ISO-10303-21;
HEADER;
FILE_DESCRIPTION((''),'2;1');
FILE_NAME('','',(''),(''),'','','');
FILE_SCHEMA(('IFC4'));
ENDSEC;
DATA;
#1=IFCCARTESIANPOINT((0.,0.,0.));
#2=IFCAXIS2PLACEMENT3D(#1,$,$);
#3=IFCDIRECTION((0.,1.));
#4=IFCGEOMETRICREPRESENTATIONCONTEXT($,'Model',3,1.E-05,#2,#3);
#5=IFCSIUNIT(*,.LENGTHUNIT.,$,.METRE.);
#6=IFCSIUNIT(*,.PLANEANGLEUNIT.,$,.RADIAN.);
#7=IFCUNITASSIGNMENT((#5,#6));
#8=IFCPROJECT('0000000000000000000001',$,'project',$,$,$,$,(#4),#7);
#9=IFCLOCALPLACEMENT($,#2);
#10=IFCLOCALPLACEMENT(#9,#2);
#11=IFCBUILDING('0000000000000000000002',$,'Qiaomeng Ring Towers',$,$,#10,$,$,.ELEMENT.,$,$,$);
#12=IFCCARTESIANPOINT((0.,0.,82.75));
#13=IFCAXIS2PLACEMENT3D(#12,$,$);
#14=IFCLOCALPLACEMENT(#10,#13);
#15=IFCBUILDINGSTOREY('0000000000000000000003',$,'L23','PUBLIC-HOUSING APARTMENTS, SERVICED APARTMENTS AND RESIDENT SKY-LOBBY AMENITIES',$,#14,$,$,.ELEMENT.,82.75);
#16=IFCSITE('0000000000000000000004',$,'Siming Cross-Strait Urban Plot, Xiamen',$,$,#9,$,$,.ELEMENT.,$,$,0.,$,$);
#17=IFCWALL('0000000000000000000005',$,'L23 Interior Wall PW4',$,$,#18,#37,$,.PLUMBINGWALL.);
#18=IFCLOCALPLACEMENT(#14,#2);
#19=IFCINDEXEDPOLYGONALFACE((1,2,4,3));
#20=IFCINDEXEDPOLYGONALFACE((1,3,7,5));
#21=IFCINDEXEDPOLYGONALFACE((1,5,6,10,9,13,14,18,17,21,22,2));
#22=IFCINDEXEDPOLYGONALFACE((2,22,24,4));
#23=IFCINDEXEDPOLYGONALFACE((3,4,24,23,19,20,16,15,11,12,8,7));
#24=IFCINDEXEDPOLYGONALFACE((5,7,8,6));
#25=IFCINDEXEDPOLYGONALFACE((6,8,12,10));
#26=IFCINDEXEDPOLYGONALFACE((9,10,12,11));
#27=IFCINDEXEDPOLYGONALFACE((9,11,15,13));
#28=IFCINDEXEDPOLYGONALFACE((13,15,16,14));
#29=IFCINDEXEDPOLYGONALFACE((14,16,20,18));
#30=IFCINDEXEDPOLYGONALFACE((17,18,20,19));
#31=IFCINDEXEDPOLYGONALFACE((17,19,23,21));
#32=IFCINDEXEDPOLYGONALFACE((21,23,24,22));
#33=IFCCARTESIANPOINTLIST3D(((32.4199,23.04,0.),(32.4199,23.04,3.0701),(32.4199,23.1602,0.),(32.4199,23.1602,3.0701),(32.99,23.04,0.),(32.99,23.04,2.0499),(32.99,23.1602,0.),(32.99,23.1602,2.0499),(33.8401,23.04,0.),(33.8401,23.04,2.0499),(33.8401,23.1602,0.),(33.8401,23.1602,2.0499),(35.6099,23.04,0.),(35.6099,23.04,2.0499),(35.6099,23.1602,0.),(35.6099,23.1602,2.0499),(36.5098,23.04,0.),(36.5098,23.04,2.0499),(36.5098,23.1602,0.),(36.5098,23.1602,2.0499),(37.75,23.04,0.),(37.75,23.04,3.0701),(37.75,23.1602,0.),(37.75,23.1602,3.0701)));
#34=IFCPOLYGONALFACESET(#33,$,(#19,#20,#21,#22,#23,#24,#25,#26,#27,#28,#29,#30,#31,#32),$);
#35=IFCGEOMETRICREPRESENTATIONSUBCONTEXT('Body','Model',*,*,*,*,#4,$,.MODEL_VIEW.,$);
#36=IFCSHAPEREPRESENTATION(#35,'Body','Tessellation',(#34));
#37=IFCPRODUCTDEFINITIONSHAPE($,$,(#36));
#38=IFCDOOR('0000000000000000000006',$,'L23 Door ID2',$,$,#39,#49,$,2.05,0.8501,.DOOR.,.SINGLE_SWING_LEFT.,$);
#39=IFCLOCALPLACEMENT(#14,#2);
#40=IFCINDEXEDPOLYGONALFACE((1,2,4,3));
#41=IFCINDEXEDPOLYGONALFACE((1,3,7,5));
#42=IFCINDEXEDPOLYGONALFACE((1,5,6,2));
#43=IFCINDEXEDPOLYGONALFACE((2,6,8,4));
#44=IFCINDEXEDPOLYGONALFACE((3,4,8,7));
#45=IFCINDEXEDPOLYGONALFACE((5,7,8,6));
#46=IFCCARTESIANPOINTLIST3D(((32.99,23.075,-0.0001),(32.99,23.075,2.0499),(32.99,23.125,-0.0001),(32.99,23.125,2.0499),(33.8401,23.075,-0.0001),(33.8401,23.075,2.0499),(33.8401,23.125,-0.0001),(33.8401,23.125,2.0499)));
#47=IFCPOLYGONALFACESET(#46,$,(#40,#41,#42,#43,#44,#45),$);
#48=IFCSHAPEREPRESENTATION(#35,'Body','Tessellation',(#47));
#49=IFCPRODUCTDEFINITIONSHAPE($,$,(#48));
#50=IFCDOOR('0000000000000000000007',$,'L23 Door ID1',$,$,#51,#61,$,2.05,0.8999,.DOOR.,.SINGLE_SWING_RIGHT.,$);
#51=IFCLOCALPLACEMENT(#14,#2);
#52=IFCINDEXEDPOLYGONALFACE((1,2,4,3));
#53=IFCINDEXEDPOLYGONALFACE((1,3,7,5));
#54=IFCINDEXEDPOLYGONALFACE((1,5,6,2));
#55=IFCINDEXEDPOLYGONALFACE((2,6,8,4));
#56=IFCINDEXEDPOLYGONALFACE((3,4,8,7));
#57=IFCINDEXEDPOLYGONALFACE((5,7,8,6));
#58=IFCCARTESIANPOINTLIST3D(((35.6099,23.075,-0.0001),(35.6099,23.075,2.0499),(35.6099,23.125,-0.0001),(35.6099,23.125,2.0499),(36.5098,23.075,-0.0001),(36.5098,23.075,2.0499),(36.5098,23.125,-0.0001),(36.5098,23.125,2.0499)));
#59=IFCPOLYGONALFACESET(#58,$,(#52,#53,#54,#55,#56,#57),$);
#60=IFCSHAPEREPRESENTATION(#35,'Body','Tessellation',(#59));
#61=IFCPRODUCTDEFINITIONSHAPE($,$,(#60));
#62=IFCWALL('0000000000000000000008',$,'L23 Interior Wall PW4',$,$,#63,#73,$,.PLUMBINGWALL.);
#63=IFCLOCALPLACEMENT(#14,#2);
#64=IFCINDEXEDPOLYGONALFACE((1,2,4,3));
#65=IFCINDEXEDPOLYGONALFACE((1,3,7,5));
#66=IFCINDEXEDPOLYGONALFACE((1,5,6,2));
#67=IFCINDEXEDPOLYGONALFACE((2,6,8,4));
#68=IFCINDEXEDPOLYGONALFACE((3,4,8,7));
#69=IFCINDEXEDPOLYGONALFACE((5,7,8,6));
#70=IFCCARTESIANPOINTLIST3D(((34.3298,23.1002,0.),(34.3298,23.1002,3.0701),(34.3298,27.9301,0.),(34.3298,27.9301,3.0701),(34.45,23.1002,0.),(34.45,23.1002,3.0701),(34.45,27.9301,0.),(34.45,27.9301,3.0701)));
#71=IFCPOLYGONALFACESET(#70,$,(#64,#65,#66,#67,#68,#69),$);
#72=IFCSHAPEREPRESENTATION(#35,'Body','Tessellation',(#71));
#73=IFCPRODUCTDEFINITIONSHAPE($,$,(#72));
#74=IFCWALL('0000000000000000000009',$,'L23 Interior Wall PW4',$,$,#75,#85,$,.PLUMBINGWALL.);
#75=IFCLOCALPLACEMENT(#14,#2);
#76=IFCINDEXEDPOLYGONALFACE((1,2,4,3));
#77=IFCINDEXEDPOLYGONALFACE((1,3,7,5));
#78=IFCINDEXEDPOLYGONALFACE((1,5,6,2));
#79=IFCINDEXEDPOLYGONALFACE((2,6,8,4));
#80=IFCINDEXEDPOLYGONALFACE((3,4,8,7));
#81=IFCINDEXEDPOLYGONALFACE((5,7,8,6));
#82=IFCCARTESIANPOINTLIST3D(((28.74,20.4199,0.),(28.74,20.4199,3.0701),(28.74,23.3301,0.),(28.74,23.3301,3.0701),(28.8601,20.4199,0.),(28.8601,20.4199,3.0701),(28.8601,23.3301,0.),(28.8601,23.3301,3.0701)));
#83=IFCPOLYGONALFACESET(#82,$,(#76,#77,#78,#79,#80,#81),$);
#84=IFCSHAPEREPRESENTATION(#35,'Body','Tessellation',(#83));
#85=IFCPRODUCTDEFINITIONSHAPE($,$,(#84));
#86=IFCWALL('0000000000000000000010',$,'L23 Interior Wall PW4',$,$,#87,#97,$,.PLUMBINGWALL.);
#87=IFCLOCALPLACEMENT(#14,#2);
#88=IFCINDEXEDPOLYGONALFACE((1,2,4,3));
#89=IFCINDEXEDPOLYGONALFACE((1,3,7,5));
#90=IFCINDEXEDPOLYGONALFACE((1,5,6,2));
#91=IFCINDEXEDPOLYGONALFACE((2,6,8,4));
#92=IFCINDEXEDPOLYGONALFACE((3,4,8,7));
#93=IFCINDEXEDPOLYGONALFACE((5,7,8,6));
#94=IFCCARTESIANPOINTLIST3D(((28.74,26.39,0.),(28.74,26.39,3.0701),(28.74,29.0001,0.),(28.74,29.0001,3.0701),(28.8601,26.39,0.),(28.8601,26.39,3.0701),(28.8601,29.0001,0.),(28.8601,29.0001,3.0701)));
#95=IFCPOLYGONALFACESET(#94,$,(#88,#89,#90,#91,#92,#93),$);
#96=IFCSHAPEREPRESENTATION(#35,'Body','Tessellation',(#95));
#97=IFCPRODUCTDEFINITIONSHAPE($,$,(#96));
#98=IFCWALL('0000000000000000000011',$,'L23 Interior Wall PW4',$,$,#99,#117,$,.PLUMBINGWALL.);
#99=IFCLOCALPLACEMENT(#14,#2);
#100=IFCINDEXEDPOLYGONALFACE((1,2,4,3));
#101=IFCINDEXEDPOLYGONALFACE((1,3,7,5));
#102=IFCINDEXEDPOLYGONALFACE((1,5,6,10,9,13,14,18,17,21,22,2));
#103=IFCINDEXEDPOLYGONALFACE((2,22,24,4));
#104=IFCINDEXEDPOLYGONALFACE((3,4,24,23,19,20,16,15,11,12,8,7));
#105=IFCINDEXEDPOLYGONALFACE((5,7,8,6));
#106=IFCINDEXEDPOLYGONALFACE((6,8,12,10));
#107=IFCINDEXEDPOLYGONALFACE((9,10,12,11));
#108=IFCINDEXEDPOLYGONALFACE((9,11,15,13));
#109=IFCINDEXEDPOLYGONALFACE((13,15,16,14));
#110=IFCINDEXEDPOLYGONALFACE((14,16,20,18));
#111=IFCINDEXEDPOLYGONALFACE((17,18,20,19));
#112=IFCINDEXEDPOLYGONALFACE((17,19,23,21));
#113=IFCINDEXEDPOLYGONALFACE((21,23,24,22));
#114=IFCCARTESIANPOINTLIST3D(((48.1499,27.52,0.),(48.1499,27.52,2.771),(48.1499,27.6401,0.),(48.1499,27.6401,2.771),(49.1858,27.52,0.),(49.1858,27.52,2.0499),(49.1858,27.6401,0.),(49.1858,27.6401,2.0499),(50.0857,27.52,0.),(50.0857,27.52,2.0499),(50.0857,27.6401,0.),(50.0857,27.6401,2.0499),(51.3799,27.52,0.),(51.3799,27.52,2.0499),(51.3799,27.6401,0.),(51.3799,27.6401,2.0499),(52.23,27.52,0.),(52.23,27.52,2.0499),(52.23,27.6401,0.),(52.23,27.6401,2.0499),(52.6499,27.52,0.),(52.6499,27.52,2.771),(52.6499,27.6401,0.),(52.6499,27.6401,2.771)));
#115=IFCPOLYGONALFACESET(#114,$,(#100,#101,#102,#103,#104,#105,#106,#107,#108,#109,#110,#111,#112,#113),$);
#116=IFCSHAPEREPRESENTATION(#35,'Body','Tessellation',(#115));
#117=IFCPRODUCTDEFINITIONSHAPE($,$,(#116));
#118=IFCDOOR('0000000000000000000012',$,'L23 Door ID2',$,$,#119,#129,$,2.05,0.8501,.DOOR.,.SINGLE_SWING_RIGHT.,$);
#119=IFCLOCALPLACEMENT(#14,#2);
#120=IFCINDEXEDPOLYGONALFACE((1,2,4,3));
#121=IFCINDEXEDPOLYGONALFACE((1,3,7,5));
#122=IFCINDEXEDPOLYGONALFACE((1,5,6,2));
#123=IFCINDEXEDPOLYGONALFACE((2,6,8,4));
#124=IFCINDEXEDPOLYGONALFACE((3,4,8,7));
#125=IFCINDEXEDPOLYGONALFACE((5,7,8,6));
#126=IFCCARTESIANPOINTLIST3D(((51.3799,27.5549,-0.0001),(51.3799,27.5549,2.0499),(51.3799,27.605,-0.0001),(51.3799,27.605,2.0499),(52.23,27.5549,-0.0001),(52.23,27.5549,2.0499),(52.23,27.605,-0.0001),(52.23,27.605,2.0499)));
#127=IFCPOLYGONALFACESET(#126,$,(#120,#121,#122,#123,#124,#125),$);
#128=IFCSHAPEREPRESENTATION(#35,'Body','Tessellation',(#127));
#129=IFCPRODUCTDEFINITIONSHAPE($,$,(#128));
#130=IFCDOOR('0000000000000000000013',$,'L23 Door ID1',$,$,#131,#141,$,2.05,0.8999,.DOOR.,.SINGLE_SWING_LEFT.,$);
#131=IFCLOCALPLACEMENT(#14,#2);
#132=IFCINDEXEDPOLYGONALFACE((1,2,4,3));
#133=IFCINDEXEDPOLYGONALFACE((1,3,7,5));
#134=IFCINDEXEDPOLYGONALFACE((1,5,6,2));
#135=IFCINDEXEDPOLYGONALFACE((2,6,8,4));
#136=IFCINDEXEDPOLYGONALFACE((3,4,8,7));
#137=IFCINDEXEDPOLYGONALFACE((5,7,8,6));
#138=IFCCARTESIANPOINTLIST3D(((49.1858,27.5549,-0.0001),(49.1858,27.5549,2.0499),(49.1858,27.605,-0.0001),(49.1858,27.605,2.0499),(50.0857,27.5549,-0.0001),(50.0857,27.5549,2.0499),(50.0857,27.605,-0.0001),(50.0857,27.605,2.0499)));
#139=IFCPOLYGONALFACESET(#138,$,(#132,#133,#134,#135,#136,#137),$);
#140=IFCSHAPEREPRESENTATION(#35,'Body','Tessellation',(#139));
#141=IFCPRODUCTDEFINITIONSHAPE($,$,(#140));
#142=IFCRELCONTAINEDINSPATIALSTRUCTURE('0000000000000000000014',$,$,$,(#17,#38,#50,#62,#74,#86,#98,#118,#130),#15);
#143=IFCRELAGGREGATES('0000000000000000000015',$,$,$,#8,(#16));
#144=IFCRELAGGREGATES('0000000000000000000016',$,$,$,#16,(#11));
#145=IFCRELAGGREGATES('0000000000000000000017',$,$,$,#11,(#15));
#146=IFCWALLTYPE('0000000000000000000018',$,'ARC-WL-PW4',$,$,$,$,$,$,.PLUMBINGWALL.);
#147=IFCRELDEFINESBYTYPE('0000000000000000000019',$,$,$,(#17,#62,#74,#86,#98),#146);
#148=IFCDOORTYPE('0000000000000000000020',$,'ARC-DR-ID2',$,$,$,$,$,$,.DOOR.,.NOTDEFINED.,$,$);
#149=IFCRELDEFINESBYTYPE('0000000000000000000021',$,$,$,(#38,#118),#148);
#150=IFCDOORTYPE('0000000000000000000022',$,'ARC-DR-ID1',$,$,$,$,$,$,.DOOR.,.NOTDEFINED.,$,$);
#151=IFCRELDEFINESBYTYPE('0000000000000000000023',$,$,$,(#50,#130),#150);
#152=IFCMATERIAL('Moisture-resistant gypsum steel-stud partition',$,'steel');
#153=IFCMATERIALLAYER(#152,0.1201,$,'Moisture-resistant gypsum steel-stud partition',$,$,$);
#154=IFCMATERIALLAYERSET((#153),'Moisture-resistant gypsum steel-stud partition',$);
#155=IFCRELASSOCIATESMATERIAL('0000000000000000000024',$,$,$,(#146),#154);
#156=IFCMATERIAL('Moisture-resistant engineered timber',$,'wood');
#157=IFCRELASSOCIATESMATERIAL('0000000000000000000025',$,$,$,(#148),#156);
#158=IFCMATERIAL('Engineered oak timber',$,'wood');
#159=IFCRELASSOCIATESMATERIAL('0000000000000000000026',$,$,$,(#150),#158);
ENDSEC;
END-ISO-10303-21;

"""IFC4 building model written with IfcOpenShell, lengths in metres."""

from ifc_helpers import new_model, si_unit, direction, frame, frame_2d, origin, place, context, subcontext, project, spatial, rectangle, extrude, source, transform, mapped, material, layer, layer_set, type_object, element, fill, save


model = new_model("IFC4")

# Units and contexts
model_context = context("Model", 3, precision=1e-05, world=origin(), true_north=direction((0.0, 1.0)))
body_context = subcontext(model_context, "Body", "Model", "MODEL_VIEW")
ifc_project = project(units=[si_unit("LENGTHUNIT", "METRE"), si_unit("PLANEANGLEUNIT", "RADIAN")], contexts=[model_context])

# Site, building, storey
site_placement = place(None, origin())
site = spatial("IfcSite", under=ifc_project, at=site_placement, Name="Siming Cross-Strait Urban Plot, Xiamen", CompositionType="ELEMENT", RefElevation=0.0)
building_placement = place(site_placement, origin())
building = spatial("IfcBuilding", under=site, at=building_placement, Name="Qiaomeng Ring Towers", CompositionType="ELEMENT")
storey_placement = place(building_placement, frame((0.0, 0.0, 82.75)))
storey = spatial("IfcBuildingStorey", under=building, at=storey_placement, Name="L23", Description="PUBLIC-HOUSING APARTMENTS, SERVICED APARTMENTS AND RESIDENT SKY-LOBBY AMENITIES", CompositionType="ELEMENT", Elevation=82.75)

# Wall, openings, doors
ifc_material_1 = material(Name="Moisture-resistant gypsum steel-stud partition", Category="steel")
ifc_layer_1 = layer(ifc_material_1, 0.1201, Name="Moisture-resistant gypsum steel-stud partition")
ifc_layer_set_1 = layer_set([ifc_layer_1], Name="Moisture-resistant gypsum steel-stud partition")
wall_type_1 = type_object("IfcWallType", Name="ARC-WL-PW4", PredefinedType="PLUMBINGWALL", material=ifc_layer_set_1)
wall_1_placement = place(storey_placement, frame((32.4199, 23.1001, 0.0), z_axis=(0.0, 0.0, 1.0), x_axis=(1.0, 0.0, 0.0)))
wall_1 = element("IfcWall", 1, at=wall_1_placement, inside=storey, type_object=wall_type_1, Name="L23 Interior Wall PW4", PredefinedType="PLUMBINGWALL", context=body_context, shape_type="SweptSolid", body=[
    extrude(rectangle(XDim=5.3301, YDim=0.1201, at=frame_2d((2.665, 0.0))), origin(), (0.0, 0.0, 1.0), 3.0701),
])
opening_1_placement = place(wall_1_placement, frame((0.5701, 0.0, 0.0)))
opening_1 = element("IfcOpeningElement", 2, at=opening_1_placement, cuts=wall_1, PredefinedType="OPENING", context=body_context, shape_type="SweptSolid", body=[
    extrude(rectangle(XDim=0.8501, YDim=2.05, at=frame_2d((0.425, 1.0249))), frame((0.0, 0.0701, 0.0), z_axis=(0.0, -1.0, 0.0), x_axis=(1.0, 0.0, 0.0)), (0.0, 0.0, 1.0), 0.1401),
])
opening_2_placement = place(wall_1_placement, frame((3.1899, 0.0, 0.0)))
opening_2 = element("IfcOpeningElement", 3, at=opening_2_placement, cuts=wall_1, PredefinedType="OPENING", context=body_context, shape_type="SweptSolid", body=[
    extrude(rectangle(XDim=0.8999, YDim=2.05, at=frame_2d((0.45, 1.0249))), frame((0.0, 0.0701, 0.0), z_axis=(0.0, -1.0, 0.0), x_axis=(1.0, 0.0, 0.0)), (0.0, 0.0, 1.0), 0.1401),
])
ifc_material_2 = material(Name="Moisture-resistant engineered timber", Category="wood")
door_type_1 = type_object("IfcDoorType", Name="ARC-DR-ID2", OperationType="NOTDEFINED", PredefinedType="DOOR", material=ifc_material_2)
shared_shape_1 = source(origin(), body_context, "Body", "SweptSolid", [
    extrude(rectangle(XDim=0.8501, YDim=2.05, at=frame_2d((0.425, 1.0249))), frame((0.0, 0.0249, 0.0), z_axis=(0.0, -1.0, 0.0), x_axis=(1.0, 0.0, 0.0)), (0.0, 0.0, 1.0), 0.05),
])
door_1_placement = place(opening_1_placement, origin())
door_1 = element("IfcDoor", 4, at=door_1_placement, inside=storey, type_object=door_type_1, Name="L23 Door ID2", OperationType="SINGLE_SWING_LEFT", OverallHeight=2.05, OverallWidth=0.8501, PredefinedType="DOOR", context=body_context, shape_type="MappedRepresentation", body=[
    mapped(shared_shape_1, transform((0.0, 0.0, 0.0), x_axis=(1.0, 0.0, 0.0), y_axis=(0.0, 1.0, 0.0), z_axis=(0.0, 0.0, 1.0), scale=1.0)),
])
fill(opening_1, door_1)
ifc_material_3 = material(Name="Engineered oak timber", Category="wood")
door_type_2 = type_object("IfcDoorType", Name="ARC-DR-ID1", OperationType="NOTDEFINED", PredefinedType="DOOR", material=ifc_material_3)
shared_shape_2 = source(origin(), body_context, "Body", "SweptSolid", [
    extrude(rectangle(XDim=0.8999, YDim=2.05, at=frame_2d((0.45, 1.0249))), frame((0.0, 0.0249, 0.0), z_axis=(0.0, -1.0, 0.0), x_axis=(1.0, 0.0, 0.0)), (0.0, 0.0, 1.0), 0.05),
])
door_2_placement = place(opening_2_placement, origin())
door_2 = element("IfcDoor", 5, at=door_2_placement, inside=storey, type_object=door_type_2, Name="L23 Door ID1", OperationType="SINGLE_SWING_RIGHT", OverallHeight=2.05, OverallWidth=0.8999, PredefinedType="DOOR", context=body_context, shape_type="MappedRepresentation", body=[
    mapped(shared_shape_2, transform((0.0, 0.0, 0.0), x_axis=(1.0, 0.0, 0.0), y_axis=(0.0, 1.0, 0.0), z_axis=(0.0, 0.0, 1.0), scale=1.0)),
])
fill(opening_2, door_2)

# Walls
wall_2_placement = place(storey_placement, frame((34.3899, 23.1001, 0.0), z_axis=(0.0, 0.0, 1.0), x_axis=(0.0, 1.0, 0.0)))
element("IfcWall", 6, at=wall_2_placement, inside=storey, type_object=wall_type_1, Name="L23 Interior Wall PW4", PredefinedType="PLUMBINGWALL", context=body_context, shape_type="SweptSolid", body=[
    extrude(rectangle(XDim=4.8298, YDim=0.1201, at=frame_2d((2.415, 0.0))), origin(), (0.0, 0.0, 1.0), 3.0701),
])
wall_3_placement = place(storey_placement, frame((28.8, 20.4199, 0.0), z_axis=(0.0, 0.0, 1.0), x_axis=(0.0, 1.0, 0.0)))
element("IfcWall", 7, at=wall_3_placement, inside=storey, type_object=wall_type_1, Name="L23 Interior Wall PW4", PredefinedType="PLUMBINGWALL", context=body_context, shape_type="SweptSolid", body=[
    extrude(rectangle(XDim=2.9102, YDim=0.1201, at=frame_2d((1.4551, 0.0))), origin(), (0.0, 0.0, 1.0), 3.0701),
])
wall_4_placement = place(storey_placement, frame((28.8, 26.3899, 0.0), z_axis=(0.0, 0.0, 1.0), x_axis=(0.0, 1.0, 0.0)))
element("IfcWall", 8, at=wall_4_placement, inside=storey, type_object=wall_type_1, Name="L23 Interior Wall PW4", PredefinedType="PLUMBINGWALL", context=body_context, shape_type="SweptSolid", body=[
    extrude(rectangle(XDim=2.6101, YDim=0.1201, at=frame_2d((1.3052, 0.0))), origin(), (0.0, 0.0, 1.0), 3.0701),
])

# Wall, openings, doors
wall_5_placement = place(storey_placement, frame((48.1499, 27.5801, 0.0), z_axis=(0.0, 0.0, 1.0), x_axis=(1.0, 0.0, 0.0)))
wall_5 = element("IfcWall", 9, at=wall_5_placement, inside=storey, type_object=wall_type_1, Name="L23 Interior Wall PW4", PredefinedType="PLUMBINGWALL", context=body_context, shape_type="SweptSolid", body=[
    extrude(rectangle(XDim=4.5, YDim=0.1201, at=frame_2d((2.25, 0.0))), origin(), (0.0, 0.0, 1.0), 2.771),
])
opening_3_placement = place(wall_5_placement, frame((1.0359, 0.0, 0.0)))
opening_3 = element("IfcOpeningElement", 10, at=opening_3_placement, cuts=wall_5, PredefinedType="OPENING", context=body_context, shape_type="SweptSolid", body=[
    extrude(rectangle(XDim=0.8999, YDim=2.05, at=frame_2d((0.45, 1.0249))), frame((0.0, 0.0701, 0.0), z_axis=(0.0, -1.0, 0.0), x_axis=(1.0, 0.0, 0.0)), (0.0, 0.0, 1.0), 0.1401),
])
opening_4_placement = place(wall_5_placement, frame((3.23, 0.0, 0.0)))
opening_4 = element("IfcOpeningElement", 11, at=opening_4_placement, cuts=wall_5, PredefinedType="OPENING", context=body_context, shape_type="SweptSolid", body=[
    extrude(rectangle(XDim=0.8501, YDim=2.05, at=frame_2d((0.425, 1.0249))), frame((0.0, 0.0701, 0.0), z_axis=(0.0, -1.0, 0.0), x_axis=(1.0, 0.0, 0.0)), (0.0, 0.0, 1.0), 0.1401),
])
door_3_placement = place(opening_4_placement, origin())
door_3 = element("IfcDoor", 12, at=door_3_placement, inside=storey, type_object=door_type_1, Name="L23 Door ID2", OperationType="SINGLE_SWING_RIGHT", OverallHeight=2.05, OverallWidth=0.8501, PredefinedType="DOOR", context=body_context, shape_type="MappedRepresentation", body=[
    mapped(shared_shape_1, transform((0.0, 0.0, 0.0), x_axis=(1.0, 0.0, 0.0), y_axis=(0.0, 1.0, 0.0), z_axis=(0.0, 0.0, 1.0), scale=1.0)),
])
fill(opening_4, door_3)
door_4_placement = place(opening_3_placement, origin())
door_4 = element("IfcDoor", 13, at=door_4_placement, inside=storey, type_object=door_type_2, Name="L23 Door ID1", OperationType="SINGLE_SWING_LEFT", OverallHeight=2.05, OverallWidth=0.8999, PredefinedType="DOOR", context=body_context, shape_type="MappedRepresentation", body=[
    mapped(shared_shape_2, transform((0.0, 0.0, 0.0), x_axis=(1.0, 0.0, 0.0), y_axis=(0.0, 1.0, 0.0), z_axis=(0.0, 0.0, 1.0), scale=1.0)),
])
fill(opening_3, door_4)

save(model, "model.ifc")
